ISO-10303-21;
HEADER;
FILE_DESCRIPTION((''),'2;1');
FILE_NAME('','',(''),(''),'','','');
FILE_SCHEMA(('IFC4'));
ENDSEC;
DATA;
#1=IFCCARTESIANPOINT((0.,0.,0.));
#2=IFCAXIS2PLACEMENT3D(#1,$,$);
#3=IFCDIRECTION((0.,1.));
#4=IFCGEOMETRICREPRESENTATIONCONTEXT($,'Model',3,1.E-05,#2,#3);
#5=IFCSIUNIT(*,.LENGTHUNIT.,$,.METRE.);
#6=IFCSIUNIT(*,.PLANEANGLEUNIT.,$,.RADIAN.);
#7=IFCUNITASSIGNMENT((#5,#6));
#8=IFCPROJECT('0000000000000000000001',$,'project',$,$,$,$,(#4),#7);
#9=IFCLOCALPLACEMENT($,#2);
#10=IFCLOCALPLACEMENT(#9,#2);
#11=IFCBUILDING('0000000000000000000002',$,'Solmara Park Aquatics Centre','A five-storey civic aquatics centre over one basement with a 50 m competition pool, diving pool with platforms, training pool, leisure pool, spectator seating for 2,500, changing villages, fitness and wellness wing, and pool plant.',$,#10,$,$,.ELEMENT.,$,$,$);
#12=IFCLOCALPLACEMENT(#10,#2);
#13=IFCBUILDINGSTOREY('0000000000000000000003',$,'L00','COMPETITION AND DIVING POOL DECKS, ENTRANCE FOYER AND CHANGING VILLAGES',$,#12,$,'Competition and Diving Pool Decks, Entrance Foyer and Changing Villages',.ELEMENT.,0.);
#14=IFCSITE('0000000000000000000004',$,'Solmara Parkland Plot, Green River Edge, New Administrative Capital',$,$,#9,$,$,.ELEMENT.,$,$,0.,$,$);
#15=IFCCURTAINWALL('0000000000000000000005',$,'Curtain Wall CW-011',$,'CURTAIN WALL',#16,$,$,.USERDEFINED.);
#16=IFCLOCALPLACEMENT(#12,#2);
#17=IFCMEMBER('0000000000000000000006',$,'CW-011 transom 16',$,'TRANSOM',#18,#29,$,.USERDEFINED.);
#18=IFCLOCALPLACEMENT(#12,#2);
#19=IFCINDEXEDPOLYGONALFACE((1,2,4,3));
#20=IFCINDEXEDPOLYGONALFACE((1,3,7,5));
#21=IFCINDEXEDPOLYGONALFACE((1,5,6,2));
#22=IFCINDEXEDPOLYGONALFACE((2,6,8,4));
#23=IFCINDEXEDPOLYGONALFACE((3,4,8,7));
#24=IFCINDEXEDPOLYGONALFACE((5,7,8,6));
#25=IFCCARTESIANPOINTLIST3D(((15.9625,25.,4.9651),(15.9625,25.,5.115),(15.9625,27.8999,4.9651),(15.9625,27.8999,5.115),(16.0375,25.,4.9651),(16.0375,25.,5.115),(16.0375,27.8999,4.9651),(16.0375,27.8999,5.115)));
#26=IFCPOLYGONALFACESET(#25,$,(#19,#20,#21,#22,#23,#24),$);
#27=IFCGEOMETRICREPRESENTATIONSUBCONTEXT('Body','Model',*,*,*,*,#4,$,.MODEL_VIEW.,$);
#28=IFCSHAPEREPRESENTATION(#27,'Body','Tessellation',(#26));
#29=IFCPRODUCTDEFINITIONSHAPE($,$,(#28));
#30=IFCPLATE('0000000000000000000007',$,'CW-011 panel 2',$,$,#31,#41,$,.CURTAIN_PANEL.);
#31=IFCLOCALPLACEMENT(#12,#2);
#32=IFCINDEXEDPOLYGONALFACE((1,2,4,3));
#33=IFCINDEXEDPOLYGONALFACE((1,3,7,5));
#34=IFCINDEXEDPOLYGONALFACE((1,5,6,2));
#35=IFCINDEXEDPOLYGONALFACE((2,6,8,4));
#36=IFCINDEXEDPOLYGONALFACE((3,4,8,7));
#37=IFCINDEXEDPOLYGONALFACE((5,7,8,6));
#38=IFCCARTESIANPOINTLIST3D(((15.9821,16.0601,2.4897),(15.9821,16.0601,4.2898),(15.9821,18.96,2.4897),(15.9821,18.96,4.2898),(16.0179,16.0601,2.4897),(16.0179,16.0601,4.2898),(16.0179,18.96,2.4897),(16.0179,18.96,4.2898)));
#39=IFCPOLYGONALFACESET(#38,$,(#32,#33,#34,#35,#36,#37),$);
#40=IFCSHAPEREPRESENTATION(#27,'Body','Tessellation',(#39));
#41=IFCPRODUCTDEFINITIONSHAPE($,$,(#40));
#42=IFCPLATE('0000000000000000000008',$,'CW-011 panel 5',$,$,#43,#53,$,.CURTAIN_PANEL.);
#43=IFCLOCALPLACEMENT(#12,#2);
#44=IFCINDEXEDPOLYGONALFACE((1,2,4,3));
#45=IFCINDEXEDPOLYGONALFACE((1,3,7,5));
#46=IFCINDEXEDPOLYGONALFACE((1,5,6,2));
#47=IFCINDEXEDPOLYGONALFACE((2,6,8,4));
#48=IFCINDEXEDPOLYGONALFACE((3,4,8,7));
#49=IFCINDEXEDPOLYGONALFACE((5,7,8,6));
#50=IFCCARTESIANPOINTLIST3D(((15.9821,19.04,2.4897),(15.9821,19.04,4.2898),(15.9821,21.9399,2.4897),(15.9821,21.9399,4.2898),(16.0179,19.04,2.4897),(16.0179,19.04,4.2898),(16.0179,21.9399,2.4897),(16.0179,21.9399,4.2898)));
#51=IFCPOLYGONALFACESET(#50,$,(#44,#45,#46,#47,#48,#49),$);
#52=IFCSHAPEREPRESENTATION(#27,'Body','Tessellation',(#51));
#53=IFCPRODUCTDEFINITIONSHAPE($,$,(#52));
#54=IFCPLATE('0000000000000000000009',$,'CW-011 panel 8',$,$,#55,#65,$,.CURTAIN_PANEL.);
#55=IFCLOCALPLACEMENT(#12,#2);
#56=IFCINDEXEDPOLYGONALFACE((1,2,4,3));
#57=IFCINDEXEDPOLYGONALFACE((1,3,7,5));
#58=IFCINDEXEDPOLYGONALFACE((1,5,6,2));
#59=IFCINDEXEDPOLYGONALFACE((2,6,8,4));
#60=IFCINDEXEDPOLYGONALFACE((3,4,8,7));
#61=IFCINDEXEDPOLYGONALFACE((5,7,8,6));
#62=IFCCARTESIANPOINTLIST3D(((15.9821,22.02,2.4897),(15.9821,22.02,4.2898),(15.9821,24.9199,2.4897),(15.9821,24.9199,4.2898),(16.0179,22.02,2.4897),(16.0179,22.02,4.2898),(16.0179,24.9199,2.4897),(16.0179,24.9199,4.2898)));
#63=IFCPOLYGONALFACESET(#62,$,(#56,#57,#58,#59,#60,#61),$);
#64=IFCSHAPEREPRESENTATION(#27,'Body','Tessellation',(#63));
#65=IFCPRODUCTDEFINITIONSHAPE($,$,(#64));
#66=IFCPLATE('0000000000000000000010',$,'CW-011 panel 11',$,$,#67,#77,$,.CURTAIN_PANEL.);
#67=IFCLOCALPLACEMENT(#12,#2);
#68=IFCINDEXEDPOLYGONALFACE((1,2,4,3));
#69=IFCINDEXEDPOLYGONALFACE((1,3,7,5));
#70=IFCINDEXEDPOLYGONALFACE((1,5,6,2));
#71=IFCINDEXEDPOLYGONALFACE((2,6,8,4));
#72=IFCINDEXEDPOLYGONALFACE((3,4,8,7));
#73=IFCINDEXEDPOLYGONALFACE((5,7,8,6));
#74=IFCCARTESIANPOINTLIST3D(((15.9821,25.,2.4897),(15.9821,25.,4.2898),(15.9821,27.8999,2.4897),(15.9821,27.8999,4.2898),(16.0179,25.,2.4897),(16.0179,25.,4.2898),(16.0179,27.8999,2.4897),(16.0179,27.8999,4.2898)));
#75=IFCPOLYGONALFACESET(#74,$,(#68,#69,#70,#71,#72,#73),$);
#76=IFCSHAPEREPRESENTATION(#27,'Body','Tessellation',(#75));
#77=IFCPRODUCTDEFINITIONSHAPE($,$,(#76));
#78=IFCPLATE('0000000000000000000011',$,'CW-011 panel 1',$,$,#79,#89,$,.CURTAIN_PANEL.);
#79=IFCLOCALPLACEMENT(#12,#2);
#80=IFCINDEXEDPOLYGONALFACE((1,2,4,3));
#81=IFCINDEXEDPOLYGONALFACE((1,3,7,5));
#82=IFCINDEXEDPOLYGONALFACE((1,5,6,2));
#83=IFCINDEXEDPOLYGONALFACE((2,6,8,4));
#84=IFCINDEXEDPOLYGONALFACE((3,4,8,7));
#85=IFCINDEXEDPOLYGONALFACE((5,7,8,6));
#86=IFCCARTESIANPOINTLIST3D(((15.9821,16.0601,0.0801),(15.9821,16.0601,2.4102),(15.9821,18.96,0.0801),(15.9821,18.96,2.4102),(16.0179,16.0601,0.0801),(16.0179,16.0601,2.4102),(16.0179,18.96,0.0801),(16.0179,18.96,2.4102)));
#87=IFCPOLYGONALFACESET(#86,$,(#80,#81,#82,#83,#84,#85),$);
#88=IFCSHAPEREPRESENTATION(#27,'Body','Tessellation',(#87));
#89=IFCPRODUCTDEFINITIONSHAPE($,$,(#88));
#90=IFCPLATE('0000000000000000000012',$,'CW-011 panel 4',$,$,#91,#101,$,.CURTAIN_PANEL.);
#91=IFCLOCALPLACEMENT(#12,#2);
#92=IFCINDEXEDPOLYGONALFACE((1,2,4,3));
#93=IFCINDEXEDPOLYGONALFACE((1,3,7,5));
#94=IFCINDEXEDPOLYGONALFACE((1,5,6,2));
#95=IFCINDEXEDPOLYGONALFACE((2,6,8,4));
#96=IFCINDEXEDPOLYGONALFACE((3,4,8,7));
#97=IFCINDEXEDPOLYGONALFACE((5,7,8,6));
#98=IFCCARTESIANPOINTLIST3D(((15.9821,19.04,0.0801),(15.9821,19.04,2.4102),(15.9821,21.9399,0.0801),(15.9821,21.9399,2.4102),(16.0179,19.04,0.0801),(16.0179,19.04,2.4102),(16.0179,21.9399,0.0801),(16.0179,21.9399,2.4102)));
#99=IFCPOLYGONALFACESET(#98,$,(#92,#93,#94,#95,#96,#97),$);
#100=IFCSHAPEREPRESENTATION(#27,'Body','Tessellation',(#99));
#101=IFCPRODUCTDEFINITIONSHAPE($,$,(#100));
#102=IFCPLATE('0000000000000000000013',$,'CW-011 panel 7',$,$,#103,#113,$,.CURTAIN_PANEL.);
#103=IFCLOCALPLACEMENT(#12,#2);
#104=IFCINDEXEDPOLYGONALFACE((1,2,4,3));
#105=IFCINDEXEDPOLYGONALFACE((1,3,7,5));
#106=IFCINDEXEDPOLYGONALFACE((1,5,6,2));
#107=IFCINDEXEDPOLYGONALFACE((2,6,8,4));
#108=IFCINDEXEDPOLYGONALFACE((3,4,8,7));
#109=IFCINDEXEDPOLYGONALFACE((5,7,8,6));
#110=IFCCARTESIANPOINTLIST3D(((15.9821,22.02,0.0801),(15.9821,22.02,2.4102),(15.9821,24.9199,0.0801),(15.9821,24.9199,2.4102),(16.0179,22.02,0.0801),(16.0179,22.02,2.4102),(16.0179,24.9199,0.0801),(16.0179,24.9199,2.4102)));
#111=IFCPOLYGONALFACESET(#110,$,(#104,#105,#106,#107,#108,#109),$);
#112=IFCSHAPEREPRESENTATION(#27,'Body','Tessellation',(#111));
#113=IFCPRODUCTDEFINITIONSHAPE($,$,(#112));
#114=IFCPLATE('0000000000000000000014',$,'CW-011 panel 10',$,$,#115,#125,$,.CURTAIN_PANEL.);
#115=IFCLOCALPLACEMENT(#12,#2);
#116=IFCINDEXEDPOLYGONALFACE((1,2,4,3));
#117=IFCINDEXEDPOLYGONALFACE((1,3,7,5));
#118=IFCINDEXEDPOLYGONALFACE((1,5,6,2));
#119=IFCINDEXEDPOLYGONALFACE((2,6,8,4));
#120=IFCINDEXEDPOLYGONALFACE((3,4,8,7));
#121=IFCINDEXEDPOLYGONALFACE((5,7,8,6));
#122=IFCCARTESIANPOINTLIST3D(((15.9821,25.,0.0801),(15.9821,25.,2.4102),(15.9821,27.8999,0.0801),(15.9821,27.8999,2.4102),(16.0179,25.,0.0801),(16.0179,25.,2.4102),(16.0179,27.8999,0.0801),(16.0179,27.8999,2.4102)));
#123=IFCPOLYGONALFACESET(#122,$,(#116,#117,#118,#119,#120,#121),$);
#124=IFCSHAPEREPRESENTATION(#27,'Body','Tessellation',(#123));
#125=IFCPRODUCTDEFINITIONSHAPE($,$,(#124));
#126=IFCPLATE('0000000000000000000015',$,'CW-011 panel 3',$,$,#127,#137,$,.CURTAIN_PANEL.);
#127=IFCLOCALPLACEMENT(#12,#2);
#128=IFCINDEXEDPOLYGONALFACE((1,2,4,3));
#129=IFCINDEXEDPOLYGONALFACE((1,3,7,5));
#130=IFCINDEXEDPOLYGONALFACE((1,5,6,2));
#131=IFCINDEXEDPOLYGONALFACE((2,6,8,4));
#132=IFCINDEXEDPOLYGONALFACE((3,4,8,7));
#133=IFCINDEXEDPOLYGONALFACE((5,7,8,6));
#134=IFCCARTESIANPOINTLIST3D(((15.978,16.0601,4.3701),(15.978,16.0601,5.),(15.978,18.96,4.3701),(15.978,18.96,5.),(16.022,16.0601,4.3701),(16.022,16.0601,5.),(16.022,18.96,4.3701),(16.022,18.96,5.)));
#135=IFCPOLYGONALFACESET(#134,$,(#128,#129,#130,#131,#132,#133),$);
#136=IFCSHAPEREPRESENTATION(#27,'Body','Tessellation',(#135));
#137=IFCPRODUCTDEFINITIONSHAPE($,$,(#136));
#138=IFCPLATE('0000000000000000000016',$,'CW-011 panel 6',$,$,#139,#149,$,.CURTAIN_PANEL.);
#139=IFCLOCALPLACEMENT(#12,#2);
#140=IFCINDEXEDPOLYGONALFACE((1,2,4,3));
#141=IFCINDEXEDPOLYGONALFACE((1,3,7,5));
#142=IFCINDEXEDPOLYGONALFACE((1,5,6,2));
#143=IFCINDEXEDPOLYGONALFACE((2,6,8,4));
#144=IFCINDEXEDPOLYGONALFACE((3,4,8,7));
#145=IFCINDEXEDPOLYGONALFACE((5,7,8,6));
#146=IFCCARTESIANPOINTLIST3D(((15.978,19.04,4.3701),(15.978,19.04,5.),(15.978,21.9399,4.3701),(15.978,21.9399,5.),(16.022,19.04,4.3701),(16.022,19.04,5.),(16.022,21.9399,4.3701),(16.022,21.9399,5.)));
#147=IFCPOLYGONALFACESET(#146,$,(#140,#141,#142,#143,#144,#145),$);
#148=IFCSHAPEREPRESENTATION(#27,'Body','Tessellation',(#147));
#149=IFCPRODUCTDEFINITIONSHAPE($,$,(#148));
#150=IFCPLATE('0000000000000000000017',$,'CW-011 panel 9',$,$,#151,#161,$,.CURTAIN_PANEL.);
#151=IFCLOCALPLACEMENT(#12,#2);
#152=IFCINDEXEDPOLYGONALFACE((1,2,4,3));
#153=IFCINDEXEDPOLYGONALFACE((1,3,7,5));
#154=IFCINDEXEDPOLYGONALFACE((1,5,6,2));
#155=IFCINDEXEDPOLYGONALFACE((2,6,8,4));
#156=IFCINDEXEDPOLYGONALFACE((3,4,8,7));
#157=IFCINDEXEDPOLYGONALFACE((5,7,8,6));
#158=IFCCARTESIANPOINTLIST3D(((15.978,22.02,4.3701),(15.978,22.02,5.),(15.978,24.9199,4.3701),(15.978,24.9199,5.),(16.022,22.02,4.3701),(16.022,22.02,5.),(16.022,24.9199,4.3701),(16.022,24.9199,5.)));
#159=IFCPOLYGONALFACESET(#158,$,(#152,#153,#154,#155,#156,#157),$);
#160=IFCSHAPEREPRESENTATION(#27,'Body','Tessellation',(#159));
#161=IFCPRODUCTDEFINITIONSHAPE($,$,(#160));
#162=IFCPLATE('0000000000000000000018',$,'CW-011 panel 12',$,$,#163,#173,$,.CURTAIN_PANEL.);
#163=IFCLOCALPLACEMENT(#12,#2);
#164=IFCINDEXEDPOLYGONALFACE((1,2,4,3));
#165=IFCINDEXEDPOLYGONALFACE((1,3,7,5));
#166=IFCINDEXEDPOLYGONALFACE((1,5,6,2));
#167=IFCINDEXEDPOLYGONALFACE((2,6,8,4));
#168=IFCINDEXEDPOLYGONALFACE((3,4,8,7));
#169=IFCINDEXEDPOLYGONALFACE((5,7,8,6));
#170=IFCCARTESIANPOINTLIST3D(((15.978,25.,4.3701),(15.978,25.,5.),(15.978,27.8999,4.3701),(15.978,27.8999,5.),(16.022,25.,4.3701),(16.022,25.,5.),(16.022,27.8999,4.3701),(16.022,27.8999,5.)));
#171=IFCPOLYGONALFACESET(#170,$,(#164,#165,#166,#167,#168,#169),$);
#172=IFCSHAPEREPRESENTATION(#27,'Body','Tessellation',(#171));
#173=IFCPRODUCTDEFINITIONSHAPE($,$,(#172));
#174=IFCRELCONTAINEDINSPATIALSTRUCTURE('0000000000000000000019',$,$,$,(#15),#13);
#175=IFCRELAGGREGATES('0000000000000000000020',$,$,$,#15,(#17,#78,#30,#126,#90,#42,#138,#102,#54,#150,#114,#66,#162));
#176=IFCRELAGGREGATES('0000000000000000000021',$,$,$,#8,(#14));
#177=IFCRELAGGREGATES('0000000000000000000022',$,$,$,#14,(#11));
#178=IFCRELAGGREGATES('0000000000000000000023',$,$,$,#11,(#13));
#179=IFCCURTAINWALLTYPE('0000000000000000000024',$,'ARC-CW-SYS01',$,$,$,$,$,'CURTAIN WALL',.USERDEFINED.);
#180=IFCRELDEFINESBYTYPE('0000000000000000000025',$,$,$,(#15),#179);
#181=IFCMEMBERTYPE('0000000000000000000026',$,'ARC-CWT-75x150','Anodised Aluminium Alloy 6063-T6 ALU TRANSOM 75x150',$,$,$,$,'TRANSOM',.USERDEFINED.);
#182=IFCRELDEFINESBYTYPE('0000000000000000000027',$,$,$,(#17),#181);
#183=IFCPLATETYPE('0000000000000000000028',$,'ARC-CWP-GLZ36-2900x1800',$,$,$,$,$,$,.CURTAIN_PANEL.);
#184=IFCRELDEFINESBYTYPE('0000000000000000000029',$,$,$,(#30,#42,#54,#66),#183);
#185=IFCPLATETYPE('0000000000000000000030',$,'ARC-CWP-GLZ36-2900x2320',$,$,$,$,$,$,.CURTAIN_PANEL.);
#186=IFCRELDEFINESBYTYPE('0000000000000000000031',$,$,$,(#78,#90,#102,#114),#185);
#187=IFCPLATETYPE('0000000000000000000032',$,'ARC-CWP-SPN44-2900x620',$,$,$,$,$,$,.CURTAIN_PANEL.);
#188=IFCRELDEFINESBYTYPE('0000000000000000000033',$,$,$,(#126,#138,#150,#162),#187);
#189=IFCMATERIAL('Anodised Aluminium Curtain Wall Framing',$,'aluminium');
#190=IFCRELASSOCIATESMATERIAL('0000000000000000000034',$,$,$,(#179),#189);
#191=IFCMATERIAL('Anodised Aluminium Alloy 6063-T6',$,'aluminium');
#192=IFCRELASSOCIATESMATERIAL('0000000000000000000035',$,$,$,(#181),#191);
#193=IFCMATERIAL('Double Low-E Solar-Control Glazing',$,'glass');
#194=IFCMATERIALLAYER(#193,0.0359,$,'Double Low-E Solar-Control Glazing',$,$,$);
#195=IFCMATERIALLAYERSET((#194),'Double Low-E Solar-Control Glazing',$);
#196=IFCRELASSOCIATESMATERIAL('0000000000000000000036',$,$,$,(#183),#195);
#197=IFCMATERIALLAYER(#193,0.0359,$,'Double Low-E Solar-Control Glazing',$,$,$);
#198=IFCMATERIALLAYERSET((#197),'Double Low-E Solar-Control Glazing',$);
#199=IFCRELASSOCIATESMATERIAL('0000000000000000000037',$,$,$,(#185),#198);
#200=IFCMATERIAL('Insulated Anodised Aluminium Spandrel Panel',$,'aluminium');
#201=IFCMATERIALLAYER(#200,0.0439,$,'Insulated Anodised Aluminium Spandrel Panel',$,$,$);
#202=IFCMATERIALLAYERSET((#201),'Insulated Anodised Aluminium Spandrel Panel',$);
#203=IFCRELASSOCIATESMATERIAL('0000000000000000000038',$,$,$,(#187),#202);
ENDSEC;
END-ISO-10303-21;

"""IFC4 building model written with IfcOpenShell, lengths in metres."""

from ifc_helpers import new_model, si_unit, direction, frame, origin, origin_2d, place, context, subcontext, project, spatial, rectangle, extrude, material, layer, layer_set, material_profile, profile_set, type_object, element, aggregate, save


model = new_model("IFC4")

# Units and contexts
model_context = context("Model", 3, precision=1e-05, world=origin(), true_north=direction((0.0, 1.0)))
body_context = subcontext(model_context, "Body", "Model", "MODEL_VIEW")
ifc_project = project(units=[si_unit("LENGTHUNIT", "METRE"), si_unit("PLANEANGLEUNIT", "RADIAN")], contexts=[model_context])

# Site, building, storey
site_placement = place(None, origin())
site = spatial("IfcSite", under=ifc_project, at=site_placement, Name="Solmara Parkland Plot, Green River Edge, New Administrative Capital", CompositionType="ELEMENT", RefElevation=0.0)
building_placement = place(site_placement, origin())
building = spatial("IfcBuilding", under=site, at=building_placement, Name="Solmara Park Aquatics Centre", Description="A five-storey civic aquatics centre over one basement with a 50 m competition pool, diving pool with platforms, training pool, leisure pool, spectator seating for 2,500, changing villages, fitness and wellness wing, and pool plant.", CompositionType="ELEMENT")
storey_placement = place(building_placement, origin())
storey = spatial("IfcBuildingStorey", under=building, at=storey_placement, Name="L00", Description="COMPETITION AND DIVING POOL DECKS, ENTRANCE FOYER AND CHANGING VILLAGES", LongName="Competition and Diving Pool Decks, Entrance Foyer and Changing Villages", CompositionType="ELEMENT", Elevation=0.0)

# Curtain wall
ifc_material_1 = material(Name="Anodised Aluminium Curtain Wall Framing", Category="aluminium")
curtain_wall_type = type_object("IfcCurtainWallType", Name="ARC-CW-SYS01", ElementType="CURTAIN WALL", PredefinedType="USERDEFINED", material=ifc_material_1)
curtain_wall_1_placement = place(storey_placement, origin())
curtain_wall_1 = element("IfcCurtainWall", 1, at=curtain_wall_1_placement, inside=storey, type_object=curtain_wall_type, Name="Curtain Wall CW-011", ObjectType="CURTAIN WALL", PredefinedType="USERDEFINED")
ifc_material_2 = material(Name="Anodised Aluminium Alloy 6063-T6", Category="aluminium")

# Member
ifc_material_profile_1 = material_profile(ifc_material_2, rectangle(XDim=0.075, YDim=0.1499, at=origin_2d()), Name="ALU TRANSOM 75x150")
ifc_profile_set_1 = profile_set([ifc_material_profile_1], Name="Anodised Aluminium Alloy 6063-T6")
member_type_1 = type_object("IfcMemberType", Name="ARC-CWT-75x150", Description="Anodised Aluminium Alloy 6063-T6 ALU TRANSOM 75x150", ElementType="TRANSOM", PredefinedType="USERDEFINED", material=ifc_profile_set_1)
member_1_placement = place(storey_placement, frame((16.0, 25.0, 5.04), z_axis=(0.0, 1.0, 0.0), x_axis=(-1.0, 0.0, 0.0)))
member_1 = element("IfcMember", 2, at=member_1_placement, type_object=member_type_1, Name="CW-011 transom 16", ObjectType="TRANSOM", PredefinedType="USERDEFINED", context=body_context, shape_type="SweptSolid", body=[
    extrude(rectangle(XDim=0.075, YDim=0.1499, at=origin_2d()), origin(), (0.0, 0.0, 1.0), 2.8999),
])

# Plates
ifc_material_3 = material(Name="Double Low-E Solar-Control Glazing", Category="glass")
ifc_layer_1 = layer(ifc_material_3, 0.0359, Name="Double Low-E Solar-Control Glazing")
ifc_layer_set_1 = layer_set([ifc_layer_1], Name="Double Low-E Solar-Control Glazing")
plate_type_1 = type_object("IfcPlateType", Name="ARC-CWP-GLZ36-2900x1800", PredefinedType="CURTAIN_PANEL", material=ifc_layer_set_1)
plate_1_placement = place(storey_placement, frame((16.0, 17.51, 2.4897), z_axis=(0.0, 0.0, 1.0), x_axis=(0.0, 1.0, 0.0)))
plate_1 = element("IfcPlate", 3, at=plate_1_placement, type_object=plate_type_1, Name="CW-011 panel 2", PredefinedType="CURTAIN_PANEL", context=body_context, shape_type="SweptSolid", body=[
    extrude(rectangle(XDim=2.8999, YDim=0.0359, at=origin_2d()), origin(), (0.0, 0.0, 1.0), 1.8),
])
plate_2_placement = place(storey_placement, frame((16.0, 20.49, 2.4897), z_axis=(0.0, 0.0, 1.0), x_axis=(0.0, 1.0, 0.0)))
plate_2 = element("IfcPlate", 4, at=plate_2_placement, type_object=plate_type_1, Name="CW-011 panel 5", PredefinedType="CURTAIN_PANEL", context=body_context, shape_type="SweptSolid", body=[
    extrude(rectangle(XDim=2.8999, YDim=0.0359, at=origin_2d()), origin(), (0.0, 0.0, 1.0), 1.8),
])
plate_3_placement = place(storey_placement, frame((16.0, 23.47, 2.4897), z_axis=(0.0, 0.0, 1.0), x_axis=(0.0, 1.0, 0.0)))
plate_3 = element("IfcPlate", 5, at=plate_3_placement, type_object=plate_type_1, Name="CW-011 panel 8", PredefinedType="CURTAIN_PANEL", context=body_context, shape_type="SweptSolid", body=[
    extrude(rectangle(XDim=2.8999, YDim=0.0359, at=origin_2d()), origin(), (0.0, 0.0, 1.0), 1.8),
])
plate_4_placement = place(storey_placement, frame((16.0, 26.45, 2.4897), z_axis=(0.0, 0.0, 1.0), x_axis=(0.0, 1.0, 0.0)))
plate_4 = element("IfcPlate", 6, at=plate_4_placement, type_object=plate_type_1, Name="CW-011 panel 11", PredefinedType="CURTAIN_PANEL", context=body_context, shape_type="SweptSolid", body=[
    extrude(rectangle(XDim=2.8999, YDim=0.0359, at=origin_2d()), origin(), (0.0, 0.0, 1.0), 1.8),
])
ifc_layer_2 = layer(ifc_material_3, 0.0359, Name="Double Low-E Solar-Control Glazing")
ifc_layer_set_2 = layer_set([ifc_layer_2], Name="Double Low-E Solar-Control Glazing")
plate_type_2 = type_object("IfcPlateType", Name="ARC-CWP-GLZ36-2900x2320", PredefinedType="CURTAIN_PANEL", material=ifc_layer_set_2)
plate_5_placement = place(storey_placement, frame((16.0, 17.51, 0.0801), z_axis=(0.0, 0.0, 1.0), x_axis=(0.0, 1.0, 0.0)))
plate_5 = element("IfcPlate", 7, at=plate_5_placement, type_object=plate_type_2, Name="CW-011 panel 1", PredefinedType="CURTAIN_PANEL", context=body_context, shape_type="SweptSolid", body=[
    extrude(rectangle(XDim=2.8999, YDim=0.0359, at=origin_2d()), origin(), (0.0, 0.0, 1.0), 2.3301),
])
plate_6_placement = place(storey_placement, frame((16.0, 20.49, 0.0801), z_axis=(0.0, 0.0, 1.0), x_axis=(0.0, 1.0, 0.0)))
plate_6 = element("IfcPlate", 8, at=plate_6_placement, type_object=plate_type_2, Name="CW-011 panel 4", PredefinedType="CURTAIN_PANEL", context=body_context, shape_type="SweptSolid", body=[
    extrude(rectangle(XDim=2.8999, YDim=0.0359, at=origin_2d()), origin(), (0.0, 0.0, 1.0), 2.3301),
])
plate_7_placement = place(storey_placement, frame((16.0, 23.47, 0.0801), z_axis=(0.0, 0.0, 1.0), x_axis=(0.0, 1.0, 0.0)))
plate_7 = element("IfcPlate", 9, at=plate_7_placement, type_object=plate_type_2, Name="CW-011 panel 7", PredefinedType="CURTAIN_PANEL", context=body_context, shape_type="SweptSolid", body=[
    extrude(rectangle(XDim=2.8999, YDim=0.0359, at=origin_2d()), origin(), (0.0, 0.0, 1.0), 2.3301),
])
plate_8_placement = place(storey_placement, frame((16.0, 26.45, 0.0801), z_axis=(0.0, 0.0, 1.0), x_axis=(0.0, 1.0, 0.0)))
plate_8 = element("IfcPlate", 10, at=plate_8_placement, type_object=plate_type_2, Name="CW-011 panel 10", PredefinedType="CURTAIN_PANEL", context=body_context, shape_type="SweptSolid", body=[
    extrude(rectangle(XDim=2.8999, YDim=0.0359, at=origin_2d()), origin(), (0.0, 0.0, 1.0), 2.3301),
])
ifc_material_4 = material(Name="Insulated Anodised Aluminium Spandrel Panel", Category="aluminium")
ifc_layer_3 = layer(ifc_material_4, 0.0439, Name="Insulated Anodised Aluminium Spandrel Panel")
ifc_layer_set_3 = layer_set([ifc_layer_3], Name="Insulated Anodised Aluminium Spandrel Panel")
plate_type_3 = type_object("IfcPlateType", Name="ARC-CWP-SPN44-2900x620", PredefinedType="CURTAIN_PANEL", material=ifc_layer_set_3)
plate_9_placement = place(storey_placement, frame((16.0, 17.51, 4.3701), z_axis=(0.0, 0.0, 1.0), x_axis=(0.0, 1.0, 0.0)))
plate_9 = element("IfcPlate", 11, at=plate_9_placement, type_object=plate_type_3, Name="CW-011 panel 3", PredefinedType="CURTAIN_PANEL", context=body_context, shape_type="SweptSolid", body=[
    extrude(rectangle(XDim=2.8999, YDim=0.0439, at=origin_2d()), origin(), (0.0, 0.0, 1.0), 0.6299),
])
plate_10_placement = place(storey_placement, frame((16.0, 20.49, 4.3701), z_axis=(0.0, 0.0, 1.0), x_axis=(0.0, 1.0, 0.0)))
plate_10 = element("IfcPlate", 12, at=plate_10_placement, type_object=plate_type_3, Name="CW-011 panel 6", PredefinedType="CURTAIN_PANEL", context=body_context, shape_type="SweptSolid", body=[
    extrude(rectangle(XDim=2.8999, YDim=0.0439, at=origin_2d()), origin(), (0.0, 0.0, 1.0), 0.6299),
])
plate_11_placement = place(storey_placement, frame((16.0, 23.47, 4.3701), z_axis=(0.0, 0.0, 1.0), x_axis=(0.0, 1.0, 0.0)))
plate_11 = element("IfcPlate", 13, at=plate_11_placement, type_object=plate_type_3, Name="CW-011 panel 9", PredefinedType="CURTAIN_PANEL", context=body_context, shape_type="SweptSolid", body=[
    extrude(rectangle(XDim=2.8999, YDim=0.0439, at=origin_2d()), origin(), (0.0, 0.0, 1.0), 0.6299),
])
plate_12_placement = place(storey_placement, frame((16.0, 26.45, 4.3701), z_axis=(0.0, 0.0, 1.0), x_axis=(0.0, 1.0, 0.0)))
plate_12 = element("IfcPlate", 14, at=plate_12_placement, type_object=plate_type_3, Name="CW-011 panel 12", PredefinedType="CURTAIN_PANEL", context=body_context, shape_type="SweptSolid", body=[
    extrude(rectangle(XDim=2.8999, YDim=0.0439, at=origin_2d()), origin(), (0.0, 0.0, 1.0), 0.6299),
])
aggregate(curtain_wall_1, [member_1, plate_5, plate_1, plate_9, plate_6, plate_2, plate_10, plate_7, plate_3, plate_11, plate_8, plate_4, plate_12])

save(model, "model.ifc")
